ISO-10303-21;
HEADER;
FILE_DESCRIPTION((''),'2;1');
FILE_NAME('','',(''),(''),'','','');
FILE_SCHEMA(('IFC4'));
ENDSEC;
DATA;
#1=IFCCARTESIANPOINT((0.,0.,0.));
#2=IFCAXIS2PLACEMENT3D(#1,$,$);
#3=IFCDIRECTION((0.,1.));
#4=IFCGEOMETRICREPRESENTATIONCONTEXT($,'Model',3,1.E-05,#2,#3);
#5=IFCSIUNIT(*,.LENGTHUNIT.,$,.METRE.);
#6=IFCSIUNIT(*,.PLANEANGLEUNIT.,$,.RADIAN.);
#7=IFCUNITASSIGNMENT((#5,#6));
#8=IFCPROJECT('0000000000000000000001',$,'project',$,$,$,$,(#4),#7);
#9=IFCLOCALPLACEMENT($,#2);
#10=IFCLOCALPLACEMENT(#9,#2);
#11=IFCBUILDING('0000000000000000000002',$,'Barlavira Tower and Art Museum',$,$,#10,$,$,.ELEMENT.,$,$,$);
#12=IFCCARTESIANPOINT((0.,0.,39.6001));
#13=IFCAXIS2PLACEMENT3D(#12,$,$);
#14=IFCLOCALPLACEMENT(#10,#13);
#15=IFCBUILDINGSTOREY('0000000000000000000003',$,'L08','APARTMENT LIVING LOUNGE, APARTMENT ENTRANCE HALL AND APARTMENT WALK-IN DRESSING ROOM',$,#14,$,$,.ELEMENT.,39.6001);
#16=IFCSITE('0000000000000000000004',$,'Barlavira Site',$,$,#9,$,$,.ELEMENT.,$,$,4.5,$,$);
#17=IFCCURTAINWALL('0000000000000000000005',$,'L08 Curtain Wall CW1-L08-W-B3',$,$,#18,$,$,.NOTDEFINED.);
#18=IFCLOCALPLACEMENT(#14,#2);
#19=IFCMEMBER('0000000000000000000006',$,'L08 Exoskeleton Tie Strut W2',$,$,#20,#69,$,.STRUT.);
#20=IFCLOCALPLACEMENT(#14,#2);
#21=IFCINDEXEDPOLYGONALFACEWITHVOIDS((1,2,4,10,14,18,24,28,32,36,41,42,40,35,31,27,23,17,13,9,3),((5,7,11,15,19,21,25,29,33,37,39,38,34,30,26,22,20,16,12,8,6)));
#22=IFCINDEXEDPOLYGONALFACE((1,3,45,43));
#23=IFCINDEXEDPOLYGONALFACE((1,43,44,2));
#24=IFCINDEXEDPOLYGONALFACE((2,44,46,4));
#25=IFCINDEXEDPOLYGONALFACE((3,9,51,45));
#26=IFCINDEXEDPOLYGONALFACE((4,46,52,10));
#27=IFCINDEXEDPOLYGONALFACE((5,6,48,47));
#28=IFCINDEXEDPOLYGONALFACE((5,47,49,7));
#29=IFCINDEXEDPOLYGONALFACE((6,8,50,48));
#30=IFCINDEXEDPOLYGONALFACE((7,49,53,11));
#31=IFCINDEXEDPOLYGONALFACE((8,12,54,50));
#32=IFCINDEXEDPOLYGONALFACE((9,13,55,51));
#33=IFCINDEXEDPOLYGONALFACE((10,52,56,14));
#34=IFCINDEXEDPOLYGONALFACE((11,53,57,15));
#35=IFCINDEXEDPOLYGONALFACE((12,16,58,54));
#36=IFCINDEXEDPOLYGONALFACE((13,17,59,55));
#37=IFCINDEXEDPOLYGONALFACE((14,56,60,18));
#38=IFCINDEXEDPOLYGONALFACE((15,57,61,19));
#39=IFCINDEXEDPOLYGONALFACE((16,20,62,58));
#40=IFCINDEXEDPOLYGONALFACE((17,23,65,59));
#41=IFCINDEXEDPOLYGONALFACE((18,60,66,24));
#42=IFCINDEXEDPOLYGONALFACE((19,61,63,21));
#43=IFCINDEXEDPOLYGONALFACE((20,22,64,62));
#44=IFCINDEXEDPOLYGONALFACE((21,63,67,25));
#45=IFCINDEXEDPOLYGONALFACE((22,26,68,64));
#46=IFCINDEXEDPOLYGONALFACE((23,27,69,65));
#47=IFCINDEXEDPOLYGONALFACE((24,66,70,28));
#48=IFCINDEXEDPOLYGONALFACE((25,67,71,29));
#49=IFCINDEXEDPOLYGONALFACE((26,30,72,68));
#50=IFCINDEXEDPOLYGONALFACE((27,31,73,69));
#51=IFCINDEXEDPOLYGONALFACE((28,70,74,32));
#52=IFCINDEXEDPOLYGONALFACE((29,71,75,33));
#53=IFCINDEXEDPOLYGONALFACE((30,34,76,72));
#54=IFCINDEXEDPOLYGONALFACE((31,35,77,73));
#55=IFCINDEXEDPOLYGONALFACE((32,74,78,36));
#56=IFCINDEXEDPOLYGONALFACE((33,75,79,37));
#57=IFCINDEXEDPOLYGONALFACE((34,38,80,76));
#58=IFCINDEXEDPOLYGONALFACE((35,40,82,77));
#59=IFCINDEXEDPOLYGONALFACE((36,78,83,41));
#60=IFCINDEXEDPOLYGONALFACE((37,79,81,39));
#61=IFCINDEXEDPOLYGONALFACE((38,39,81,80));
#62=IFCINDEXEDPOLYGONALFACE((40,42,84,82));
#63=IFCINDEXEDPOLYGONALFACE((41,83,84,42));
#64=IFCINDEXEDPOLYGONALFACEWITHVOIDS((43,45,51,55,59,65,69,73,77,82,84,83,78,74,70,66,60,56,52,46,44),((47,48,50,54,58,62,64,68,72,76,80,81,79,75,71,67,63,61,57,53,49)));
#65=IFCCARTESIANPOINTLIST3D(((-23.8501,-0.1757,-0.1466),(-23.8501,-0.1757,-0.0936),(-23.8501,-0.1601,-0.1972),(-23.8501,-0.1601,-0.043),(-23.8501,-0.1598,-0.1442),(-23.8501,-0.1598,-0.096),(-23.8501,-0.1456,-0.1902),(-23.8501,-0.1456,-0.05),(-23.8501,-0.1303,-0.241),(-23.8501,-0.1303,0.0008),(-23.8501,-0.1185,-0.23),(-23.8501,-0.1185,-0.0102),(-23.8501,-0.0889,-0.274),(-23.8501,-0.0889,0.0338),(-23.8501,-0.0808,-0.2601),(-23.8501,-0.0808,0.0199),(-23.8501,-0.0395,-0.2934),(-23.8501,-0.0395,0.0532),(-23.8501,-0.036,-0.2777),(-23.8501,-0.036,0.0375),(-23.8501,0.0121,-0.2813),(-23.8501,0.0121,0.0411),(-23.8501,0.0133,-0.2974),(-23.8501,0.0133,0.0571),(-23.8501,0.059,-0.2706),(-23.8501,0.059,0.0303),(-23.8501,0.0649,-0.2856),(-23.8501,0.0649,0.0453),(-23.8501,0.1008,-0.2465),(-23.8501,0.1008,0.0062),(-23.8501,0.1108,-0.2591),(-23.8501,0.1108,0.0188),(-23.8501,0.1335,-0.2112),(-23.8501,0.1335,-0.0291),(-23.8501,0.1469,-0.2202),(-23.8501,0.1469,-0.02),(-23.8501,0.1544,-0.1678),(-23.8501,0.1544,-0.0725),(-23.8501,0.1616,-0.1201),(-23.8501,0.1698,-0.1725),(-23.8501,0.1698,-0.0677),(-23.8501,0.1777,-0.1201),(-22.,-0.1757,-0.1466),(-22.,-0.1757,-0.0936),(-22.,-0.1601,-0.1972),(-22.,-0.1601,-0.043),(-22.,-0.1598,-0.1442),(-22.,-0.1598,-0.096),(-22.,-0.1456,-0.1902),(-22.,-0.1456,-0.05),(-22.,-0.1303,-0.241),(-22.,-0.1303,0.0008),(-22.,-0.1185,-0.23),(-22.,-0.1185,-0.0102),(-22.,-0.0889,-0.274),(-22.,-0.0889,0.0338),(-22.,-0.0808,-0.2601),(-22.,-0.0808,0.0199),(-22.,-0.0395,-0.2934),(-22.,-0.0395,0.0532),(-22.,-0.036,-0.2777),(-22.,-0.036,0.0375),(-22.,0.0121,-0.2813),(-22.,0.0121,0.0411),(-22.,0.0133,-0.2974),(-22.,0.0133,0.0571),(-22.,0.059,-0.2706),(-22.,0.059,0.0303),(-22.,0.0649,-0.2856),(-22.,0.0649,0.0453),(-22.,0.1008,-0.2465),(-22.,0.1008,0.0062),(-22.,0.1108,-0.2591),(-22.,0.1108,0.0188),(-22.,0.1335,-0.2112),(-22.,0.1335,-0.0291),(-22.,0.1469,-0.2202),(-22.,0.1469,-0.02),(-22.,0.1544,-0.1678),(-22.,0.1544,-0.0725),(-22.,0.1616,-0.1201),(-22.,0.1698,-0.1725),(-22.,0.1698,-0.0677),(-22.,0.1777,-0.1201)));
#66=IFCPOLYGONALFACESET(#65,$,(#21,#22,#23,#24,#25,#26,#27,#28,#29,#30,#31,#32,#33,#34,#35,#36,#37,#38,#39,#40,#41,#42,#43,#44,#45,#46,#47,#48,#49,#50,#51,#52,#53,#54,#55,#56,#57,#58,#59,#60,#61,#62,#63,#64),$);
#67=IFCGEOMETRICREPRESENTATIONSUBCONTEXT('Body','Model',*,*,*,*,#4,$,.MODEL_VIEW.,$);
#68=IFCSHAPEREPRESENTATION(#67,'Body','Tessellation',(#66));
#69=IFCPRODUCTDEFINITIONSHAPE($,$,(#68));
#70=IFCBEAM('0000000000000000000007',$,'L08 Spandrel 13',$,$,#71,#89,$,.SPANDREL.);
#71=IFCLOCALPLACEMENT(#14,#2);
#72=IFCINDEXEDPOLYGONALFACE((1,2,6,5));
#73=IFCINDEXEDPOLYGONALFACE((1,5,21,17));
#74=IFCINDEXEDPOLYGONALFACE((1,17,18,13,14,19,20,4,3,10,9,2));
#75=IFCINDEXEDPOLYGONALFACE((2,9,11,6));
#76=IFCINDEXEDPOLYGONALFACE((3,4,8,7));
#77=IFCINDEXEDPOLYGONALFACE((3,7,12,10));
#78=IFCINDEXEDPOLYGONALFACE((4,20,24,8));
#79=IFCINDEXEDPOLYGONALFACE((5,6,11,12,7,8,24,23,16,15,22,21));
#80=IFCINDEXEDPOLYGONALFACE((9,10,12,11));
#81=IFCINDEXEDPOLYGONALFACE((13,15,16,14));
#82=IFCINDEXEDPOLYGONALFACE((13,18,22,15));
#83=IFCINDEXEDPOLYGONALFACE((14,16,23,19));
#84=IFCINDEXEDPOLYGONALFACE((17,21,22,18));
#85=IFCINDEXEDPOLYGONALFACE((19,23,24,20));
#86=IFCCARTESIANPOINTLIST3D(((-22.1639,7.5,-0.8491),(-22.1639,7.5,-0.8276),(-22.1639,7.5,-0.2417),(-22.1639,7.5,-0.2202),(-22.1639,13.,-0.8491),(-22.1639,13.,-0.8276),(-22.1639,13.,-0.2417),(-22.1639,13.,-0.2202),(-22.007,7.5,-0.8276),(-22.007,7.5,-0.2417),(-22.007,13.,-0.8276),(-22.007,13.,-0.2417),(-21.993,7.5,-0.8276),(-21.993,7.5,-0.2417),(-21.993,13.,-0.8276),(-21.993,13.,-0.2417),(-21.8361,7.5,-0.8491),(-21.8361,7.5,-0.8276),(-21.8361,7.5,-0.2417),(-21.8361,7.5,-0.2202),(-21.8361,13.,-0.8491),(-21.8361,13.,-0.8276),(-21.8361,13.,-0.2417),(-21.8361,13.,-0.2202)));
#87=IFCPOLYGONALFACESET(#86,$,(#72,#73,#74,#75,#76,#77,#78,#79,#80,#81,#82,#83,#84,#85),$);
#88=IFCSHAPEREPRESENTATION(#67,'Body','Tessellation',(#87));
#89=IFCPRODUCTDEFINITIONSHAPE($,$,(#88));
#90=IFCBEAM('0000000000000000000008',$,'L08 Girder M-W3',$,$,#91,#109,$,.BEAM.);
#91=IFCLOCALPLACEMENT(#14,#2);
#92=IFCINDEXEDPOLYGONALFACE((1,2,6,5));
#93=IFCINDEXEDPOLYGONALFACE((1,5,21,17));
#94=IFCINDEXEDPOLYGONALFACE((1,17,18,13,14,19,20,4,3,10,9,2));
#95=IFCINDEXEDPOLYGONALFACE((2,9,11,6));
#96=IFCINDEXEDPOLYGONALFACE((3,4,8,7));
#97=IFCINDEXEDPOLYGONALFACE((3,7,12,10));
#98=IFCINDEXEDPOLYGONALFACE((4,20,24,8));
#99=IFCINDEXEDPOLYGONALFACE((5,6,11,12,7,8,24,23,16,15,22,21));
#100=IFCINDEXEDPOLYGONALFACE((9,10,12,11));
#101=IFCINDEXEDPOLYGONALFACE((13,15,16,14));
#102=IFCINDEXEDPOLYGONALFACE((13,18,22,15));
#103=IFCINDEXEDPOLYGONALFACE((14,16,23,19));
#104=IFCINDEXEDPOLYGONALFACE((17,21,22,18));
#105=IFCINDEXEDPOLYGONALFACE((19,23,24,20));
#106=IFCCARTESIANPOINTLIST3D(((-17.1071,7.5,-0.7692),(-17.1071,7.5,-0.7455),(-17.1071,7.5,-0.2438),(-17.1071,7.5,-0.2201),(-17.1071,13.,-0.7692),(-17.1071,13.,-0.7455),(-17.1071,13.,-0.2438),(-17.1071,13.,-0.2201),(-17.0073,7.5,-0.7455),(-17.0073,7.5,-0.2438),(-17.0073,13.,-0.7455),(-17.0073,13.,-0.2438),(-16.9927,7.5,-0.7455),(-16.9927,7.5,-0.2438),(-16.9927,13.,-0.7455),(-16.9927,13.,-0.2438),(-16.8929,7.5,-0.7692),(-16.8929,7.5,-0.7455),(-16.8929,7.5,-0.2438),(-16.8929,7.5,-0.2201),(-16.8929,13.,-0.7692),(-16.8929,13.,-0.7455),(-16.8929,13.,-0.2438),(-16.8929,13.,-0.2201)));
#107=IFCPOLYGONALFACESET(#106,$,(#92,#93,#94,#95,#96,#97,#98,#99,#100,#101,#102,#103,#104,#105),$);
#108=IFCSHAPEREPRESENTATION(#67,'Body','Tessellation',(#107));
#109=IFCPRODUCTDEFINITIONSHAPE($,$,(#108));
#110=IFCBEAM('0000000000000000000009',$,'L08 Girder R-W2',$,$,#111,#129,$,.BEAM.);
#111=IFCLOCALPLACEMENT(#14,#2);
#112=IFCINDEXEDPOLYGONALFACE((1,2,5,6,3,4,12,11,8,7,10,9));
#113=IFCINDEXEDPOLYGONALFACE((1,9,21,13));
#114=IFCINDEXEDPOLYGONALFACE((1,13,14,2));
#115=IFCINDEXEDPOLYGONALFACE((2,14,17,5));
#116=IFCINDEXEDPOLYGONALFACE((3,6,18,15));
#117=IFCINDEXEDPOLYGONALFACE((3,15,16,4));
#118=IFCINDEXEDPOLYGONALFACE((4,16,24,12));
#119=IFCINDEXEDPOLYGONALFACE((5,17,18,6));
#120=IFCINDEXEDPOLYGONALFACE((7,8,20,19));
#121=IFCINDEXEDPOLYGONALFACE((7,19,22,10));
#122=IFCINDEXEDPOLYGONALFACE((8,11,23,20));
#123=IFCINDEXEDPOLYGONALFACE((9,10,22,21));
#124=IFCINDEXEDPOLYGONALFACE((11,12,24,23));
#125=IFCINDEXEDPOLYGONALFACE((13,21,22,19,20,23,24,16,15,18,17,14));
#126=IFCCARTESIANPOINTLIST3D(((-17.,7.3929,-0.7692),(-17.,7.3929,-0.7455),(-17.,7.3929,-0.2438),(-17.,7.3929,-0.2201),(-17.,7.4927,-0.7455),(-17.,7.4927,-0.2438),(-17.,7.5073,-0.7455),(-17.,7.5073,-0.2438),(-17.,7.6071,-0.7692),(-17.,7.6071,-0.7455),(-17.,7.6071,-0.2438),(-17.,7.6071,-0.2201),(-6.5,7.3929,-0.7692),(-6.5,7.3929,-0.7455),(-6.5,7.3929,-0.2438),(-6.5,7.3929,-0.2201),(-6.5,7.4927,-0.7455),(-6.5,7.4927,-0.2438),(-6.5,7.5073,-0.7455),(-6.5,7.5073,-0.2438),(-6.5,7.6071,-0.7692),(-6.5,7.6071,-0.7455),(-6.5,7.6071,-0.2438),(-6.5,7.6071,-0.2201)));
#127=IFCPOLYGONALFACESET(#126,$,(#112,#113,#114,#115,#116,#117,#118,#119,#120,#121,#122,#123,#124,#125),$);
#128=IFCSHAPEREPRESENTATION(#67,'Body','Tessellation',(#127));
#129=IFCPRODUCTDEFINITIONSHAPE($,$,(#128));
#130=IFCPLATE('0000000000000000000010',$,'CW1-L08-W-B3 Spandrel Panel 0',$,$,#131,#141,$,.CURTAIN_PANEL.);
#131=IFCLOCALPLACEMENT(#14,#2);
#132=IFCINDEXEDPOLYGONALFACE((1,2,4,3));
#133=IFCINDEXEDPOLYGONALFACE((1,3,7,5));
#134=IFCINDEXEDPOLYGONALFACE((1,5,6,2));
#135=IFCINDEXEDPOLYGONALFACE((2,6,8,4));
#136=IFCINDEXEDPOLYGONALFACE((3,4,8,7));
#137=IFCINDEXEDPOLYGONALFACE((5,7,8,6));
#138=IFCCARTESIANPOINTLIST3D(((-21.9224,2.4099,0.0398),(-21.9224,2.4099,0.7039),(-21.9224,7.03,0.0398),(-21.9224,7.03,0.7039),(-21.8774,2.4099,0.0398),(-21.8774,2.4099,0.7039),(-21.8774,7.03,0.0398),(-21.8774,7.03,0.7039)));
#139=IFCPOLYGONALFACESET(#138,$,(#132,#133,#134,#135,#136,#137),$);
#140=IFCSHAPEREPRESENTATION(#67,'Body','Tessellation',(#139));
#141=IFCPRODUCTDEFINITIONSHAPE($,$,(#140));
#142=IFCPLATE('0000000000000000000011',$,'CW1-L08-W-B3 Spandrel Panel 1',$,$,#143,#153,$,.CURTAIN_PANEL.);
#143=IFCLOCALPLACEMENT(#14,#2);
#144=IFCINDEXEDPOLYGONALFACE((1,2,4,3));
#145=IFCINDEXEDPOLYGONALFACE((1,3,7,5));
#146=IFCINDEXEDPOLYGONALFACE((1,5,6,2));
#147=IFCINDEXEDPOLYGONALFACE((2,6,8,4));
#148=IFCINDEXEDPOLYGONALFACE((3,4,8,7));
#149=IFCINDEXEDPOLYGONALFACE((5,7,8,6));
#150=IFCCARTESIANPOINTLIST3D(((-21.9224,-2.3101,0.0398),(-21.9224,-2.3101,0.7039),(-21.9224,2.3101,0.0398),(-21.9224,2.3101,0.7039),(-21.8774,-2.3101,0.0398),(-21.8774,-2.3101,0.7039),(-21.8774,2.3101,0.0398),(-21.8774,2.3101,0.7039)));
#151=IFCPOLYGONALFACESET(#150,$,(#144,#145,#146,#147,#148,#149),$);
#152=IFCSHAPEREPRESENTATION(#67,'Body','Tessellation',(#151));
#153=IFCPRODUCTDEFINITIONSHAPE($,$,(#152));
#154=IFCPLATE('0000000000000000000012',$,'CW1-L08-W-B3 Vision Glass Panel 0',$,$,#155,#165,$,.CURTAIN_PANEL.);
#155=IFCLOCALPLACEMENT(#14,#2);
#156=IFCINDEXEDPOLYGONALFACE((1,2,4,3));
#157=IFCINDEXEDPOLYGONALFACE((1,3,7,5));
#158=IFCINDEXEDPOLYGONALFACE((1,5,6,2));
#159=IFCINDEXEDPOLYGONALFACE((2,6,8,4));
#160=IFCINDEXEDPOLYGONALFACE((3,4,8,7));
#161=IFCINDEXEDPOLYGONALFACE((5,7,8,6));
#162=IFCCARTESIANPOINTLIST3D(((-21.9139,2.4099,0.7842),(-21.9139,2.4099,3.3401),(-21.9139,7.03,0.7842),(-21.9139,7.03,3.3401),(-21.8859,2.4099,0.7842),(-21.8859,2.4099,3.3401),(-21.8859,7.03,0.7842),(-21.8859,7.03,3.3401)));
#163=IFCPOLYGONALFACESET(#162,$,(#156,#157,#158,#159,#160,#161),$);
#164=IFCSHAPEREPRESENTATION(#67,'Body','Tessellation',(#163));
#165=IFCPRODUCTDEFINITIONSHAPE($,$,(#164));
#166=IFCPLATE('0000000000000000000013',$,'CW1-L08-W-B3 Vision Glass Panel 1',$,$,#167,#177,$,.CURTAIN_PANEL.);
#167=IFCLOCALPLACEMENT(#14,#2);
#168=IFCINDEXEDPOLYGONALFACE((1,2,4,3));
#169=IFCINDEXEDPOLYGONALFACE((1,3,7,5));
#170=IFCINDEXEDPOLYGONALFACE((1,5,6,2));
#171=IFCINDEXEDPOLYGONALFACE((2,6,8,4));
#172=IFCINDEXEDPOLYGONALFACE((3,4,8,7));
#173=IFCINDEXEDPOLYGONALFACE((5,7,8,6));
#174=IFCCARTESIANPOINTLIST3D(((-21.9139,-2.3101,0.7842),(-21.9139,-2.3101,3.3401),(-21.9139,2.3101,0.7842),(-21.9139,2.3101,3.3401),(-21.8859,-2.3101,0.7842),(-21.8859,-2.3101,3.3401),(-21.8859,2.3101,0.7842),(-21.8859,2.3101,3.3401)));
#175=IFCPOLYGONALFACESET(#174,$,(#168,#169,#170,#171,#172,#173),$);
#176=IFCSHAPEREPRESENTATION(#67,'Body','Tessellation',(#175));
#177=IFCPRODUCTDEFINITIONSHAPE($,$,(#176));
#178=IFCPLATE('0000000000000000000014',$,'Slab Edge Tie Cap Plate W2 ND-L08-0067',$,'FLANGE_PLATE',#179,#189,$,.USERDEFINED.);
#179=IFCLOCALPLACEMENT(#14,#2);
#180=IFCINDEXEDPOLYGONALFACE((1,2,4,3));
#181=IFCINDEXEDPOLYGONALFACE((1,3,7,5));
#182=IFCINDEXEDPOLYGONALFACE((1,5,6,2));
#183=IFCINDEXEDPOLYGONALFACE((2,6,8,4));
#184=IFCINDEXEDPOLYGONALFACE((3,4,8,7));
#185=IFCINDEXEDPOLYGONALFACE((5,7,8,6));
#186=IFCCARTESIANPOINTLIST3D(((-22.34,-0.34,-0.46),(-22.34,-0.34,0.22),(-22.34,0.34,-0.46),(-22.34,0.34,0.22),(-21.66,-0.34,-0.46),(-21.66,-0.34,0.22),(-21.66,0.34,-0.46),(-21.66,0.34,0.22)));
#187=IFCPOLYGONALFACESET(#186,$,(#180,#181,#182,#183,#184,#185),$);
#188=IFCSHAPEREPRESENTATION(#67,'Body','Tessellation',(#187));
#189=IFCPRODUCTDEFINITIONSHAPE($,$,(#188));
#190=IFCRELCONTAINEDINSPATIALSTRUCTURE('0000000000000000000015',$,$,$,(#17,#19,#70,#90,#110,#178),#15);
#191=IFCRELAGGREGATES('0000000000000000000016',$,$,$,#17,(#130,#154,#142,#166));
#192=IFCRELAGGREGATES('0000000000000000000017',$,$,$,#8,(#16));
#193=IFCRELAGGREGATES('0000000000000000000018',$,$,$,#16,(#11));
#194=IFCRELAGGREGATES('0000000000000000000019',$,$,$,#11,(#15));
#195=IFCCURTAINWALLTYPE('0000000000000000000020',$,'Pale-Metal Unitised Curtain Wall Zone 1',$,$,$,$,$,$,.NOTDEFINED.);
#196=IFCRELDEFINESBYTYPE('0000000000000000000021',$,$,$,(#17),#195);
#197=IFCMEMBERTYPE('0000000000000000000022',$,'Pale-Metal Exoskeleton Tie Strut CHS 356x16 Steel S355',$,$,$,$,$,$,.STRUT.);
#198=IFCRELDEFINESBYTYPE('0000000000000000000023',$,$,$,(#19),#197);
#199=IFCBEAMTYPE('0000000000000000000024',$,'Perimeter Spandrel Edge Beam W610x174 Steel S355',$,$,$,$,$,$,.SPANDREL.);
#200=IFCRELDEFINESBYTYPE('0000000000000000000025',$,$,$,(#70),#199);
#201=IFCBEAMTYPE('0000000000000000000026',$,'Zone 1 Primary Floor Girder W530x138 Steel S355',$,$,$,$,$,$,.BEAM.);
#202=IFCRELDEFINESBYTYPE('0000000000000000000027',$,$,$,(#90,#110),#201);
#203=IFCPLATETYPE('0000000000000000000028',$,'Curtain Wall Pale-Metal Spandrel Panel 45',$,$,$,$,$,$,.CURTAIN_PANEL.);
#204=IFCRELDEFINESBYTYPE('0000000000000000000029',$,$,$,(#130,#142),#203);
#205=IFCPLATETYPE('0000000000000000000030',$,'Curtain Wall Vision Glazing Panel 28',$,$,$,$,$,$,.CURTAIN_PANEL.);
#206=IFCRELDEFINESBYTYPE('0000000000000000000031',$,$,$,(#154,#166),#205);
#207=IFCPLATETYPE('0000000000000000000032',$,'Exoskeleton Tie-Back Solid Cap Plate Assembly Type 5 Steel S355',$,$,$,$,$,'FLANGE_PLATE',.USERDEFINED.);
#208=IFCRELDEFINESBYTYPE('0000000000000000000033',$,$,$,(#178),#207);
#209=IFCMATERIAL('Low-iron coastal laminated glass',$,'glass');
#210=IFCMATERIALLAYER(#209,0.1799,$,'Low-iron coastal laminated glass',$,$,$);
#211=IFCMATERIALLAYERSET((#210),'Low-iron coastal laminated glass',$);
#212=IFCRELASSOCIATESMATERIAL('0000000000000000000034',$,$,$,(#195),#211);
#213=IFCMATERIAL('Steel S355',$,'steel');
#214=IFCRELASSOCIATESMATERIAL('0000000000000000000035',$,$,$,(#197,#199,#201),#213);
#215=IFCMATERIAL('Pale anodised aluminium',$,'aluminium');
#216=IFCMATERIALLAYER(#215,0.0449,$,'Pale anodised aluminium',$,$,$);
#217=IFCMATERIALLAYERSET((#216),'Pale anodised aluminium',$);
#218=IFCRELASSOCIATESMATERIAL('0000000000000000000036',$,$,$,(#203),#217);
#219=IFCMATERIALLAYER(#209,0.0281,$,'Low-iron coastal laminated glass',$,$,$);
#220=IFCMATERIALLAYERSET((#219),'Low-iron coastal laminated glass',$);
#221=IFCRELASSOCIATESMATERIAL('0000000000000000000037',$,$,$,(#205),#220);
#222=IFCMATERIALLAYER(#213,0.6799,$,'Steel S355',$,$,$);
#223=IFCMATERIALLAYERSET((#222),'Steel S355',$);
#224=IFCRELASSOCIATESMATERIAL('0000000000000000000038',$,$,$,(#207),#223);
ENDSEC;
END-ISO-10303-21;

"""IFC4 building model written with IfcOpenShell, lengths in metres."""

from ifc_helpers import new_model, si_unit, direction, frame, origin, origin_2d, place, context, subcontext, project, spatial, rectangle, hollow_circle, i_section, extrude, material, layer, layer_set, material_profile, profile_set, type_object, element, aggregate, save


model = new_model("IFC4")

# Units and contexts
model_context = context("Model", 3, precision=1e-05, world=origin(), true_north=direction((0.0, 1.0)))
body_context = subcontext(model_context, "Body", "Model", "MODEL_VIEW")
ifc_project = project(units=[si_unit("LENGTHUNIT", "METRE"), si_unit("PLANEANGLEUNIT", "RADIAN")], contexts=[model_context])

# Site, building, storey
site_placement = place(None, origin())
site = spatial("IfcSite", under=ifc_project, at=site_placement, Name="Barlavira Site", CompositionType="ELEMENT", RefElevation=4.5)
building_placement = place(site_placement, origin())
building = spatial("IfcBuilding", under=site, at=building_placement, Name="Barlavira Tower and Art Museum", CompositionType="ELEMENT")
storey_placement = place(building_placement, frame((0.0, 0.0, 39.6001)))
storey = spatial("IfcBuildingStorey", under=building, at=storey_placement, Name="L08", Description="APARTMENT LIVING LOUNGE, APARTMENT ENTRANCE HALL AND APARTMENT WALK-IN DRESSING ROOM", CompositionType="ELEMENT", Elevation=39.6001)

# Curtain wall
ifc_material_1 = material(Name="Low-iron coastal laminated glass", Category="glass")
ifc_layer_1 = layer(ifc_material_1, 0.1799, Name="Low-iron coastal laminated glass")
ifc_layer_set_1 = layer_set([ifc_layer_1], Name="Low-iron coastal laminated glass")
curtain_wall_type = type_object("IfcCurtainWallType", Name="Pale-Metal Unitised Curtain Wall Zone 1", PredefinedType="NOTDEFINED", material=ifc_layer_set_1)
curtain_wall_placement = place(storey_placement, origin())
curtain_wall = element("IfcCurtainWall", 1, at=curtain_wall_placement, inside=storey, type_object=curtain_wall_type, Name="L08 Curtain Wall CW1-L08-W-B3", PredefinedType="NOTDEFINED")
ifc_material_2 = material(Name="Pale anodised aluminium", Category="aluminium")

# Member
ifc_material_3 = material(Name="Steel S355", Category="steel")
ifc_material_profile_1 = material_profile(ifc_material_3, hollow_circle(Radius=0.1777, WallThickness=0.0161, at=origin_2d()), Name="CHS 355.6x16.0")
ifc_profile_set_1 = profile_set([ifc_material_profile_1], Name="Steel S355")
member_type_1 = type_object("IfcMemberType", Name="Pale-Metal Exoskeleton Tie Strut CHS 356x16 Steel S355", PredefinedType="STRUT", material=ifc_profile_set_1)
member_1_placement = place(storey_placement, frame((-23.8501, 0.0, -0.1201), z_axis=(1.0, 0.0, 0.0), x_axis=(0.0, 1.0, 0.0)))
element("IfcMember", 2, at=member_1_placement, inside=storey, type_object=member_type_1, Name="L08 Exoskeleton Tie Strut W2", PredefinedType="STRUT", context=body_context, shape_type="SweptSolid", body=[
    extrude(hollow_circle(Radius=0.1777, WallThickness=0.0161, at=origin_2d()), origin(), (0.0, 0.0, 1.0), 1.8501),
])

# Beams
ifc_material_profile_2 = material_profile(ifc_material_3, i_section(OverallWidth=0.3279, OverallDepth=0.6289, WebThickness=0.0139, FlangeThickness=0.0215, at=origin_2d()), Name="W610x174.0")
ifc_profile_set_2 = profile_set([ifc_material_profile_2], Name="Steel S355")
beam_type_1 = type_object("IfcBeamType", Name="Perimeter Spandrel Edge Beam W610x174 Steel S355", PredefinedType="SPANDREL", material=ifc_profile_set_2)
beam_1_placement = place(storey_placement, frame((-22.0, 7.5, -0.5347), z_axis=(0.0, 1.0, 0.0), x_axis=(-1.0, 0.0, 0.0)))
element("IfcBeam", 3, at=beam_1_placement, inside=storey, type_object=beam_type_1, Name="L08 Spandrel 13", PredefinedType="SPANDREL", context=body_context, shape_type="SweptSolid", body=[
    extrude(i_section(OverallWidth=0.3279, OverallDepth=0.6289, WebThickness=0.0139, FlangeThickness=0.0215, at=origin_2d()), origin(), (0.0, 0.0, 1.0), 5.5),
])
ifc_material_profile_3 = material_profile(ifc_material_3, i_section(OverallWidth=0.2141, OverallDepth=0.5491, WebThickness=0.0146, FlangeThickness=0.0237, at=origin_2d()), Name="W530x138.0")
ifc_profile_set_3 = profile_set([ifc_material_profile_3], Name="Steel S355")
beam_type_2 = type_object("IfcBeamType", Name="Zone 1 Primary Floor Girder W530x138 Steel S355", PredefinedType="BEAM", material=ifc_profile_set_3)
beam_2_placement = place(storey_placement, frame((-17.0, 7.5, -0.4946), z_axis=(0.0, 1.0, 0.0), x_axis=(-1.0, 0.0, 0.0)))
element("IfcBeam", 4, at=beam_2_placement, inside=storey, type_object=beam_type_2, Name="L08 Girder M-W3", PredefinedType="BEAM", context=body_context, shape_type="SweptSolid", body=[
    extrude(i_section(OverallWidth=0.2141, OverallDepth=0.5491, WebThickness=0.0146, FlangeThickness=0.0237, at=origin_2d()), origin(), (0.0, 0.0, 1.0), 5.5),
])
beam_3_placement = place(storey_placement, frame((-17.0, 7.5, -0.4946), z_axis=(1.0, 0.0, 0.0), x_axis=(0.0, 1.0, 0.0)))
element("IfcBeam", 5, at=beam_3_placement, inside=storey, type_object=beam_type_2, Name="L08 Girder R-W2", PredefinedType="BEAM", context=body_context, shape_type="SweptSolid", body=[
    extrude(i_section(OverallWidth=0.2141, OverallDepth=0.5491, WebThickness=0.0146, FlangeThickness=0.0237, at=origin_2d()), origin(), (0.0, 0.0, 1.0), 10.5),
])

# Plates
ifc_layer_2 = layer(ifc_material_2, 0.0449, Name="Pale anodised aluminium")
ifc_layer_set_2 = layer_set([ifc_layer_2], Name="Pale anodised aluminium")
plate_type_1 = type_object("IfcPlateType", Name="Curtain Wall Pale-Metal Spandrel Panel 45", PredefinedType="CURTAIN_PANEL", material=ifc_layer_set_2)
plate_1_placement = place(storey_placement, frame((-21.8999, 4.72, 0.0398), z_axis=(0.0, 0.0, 1.0), x_axis=(0.0, -1.0, 0.0)))
plate_1 = element("IfcPlate", 6, at=plate_1_placement, type_object=plate_type_1, Name="CW1-L08-W-B3 Spandrel Panel 0", PredefinedType="CURTAIN_PANEL", context=body_context, shape_type="SweptSolid", body=[
    extrude(rectangle(XDim=4.6201, YDim=0.0449, at=origin_2d()), origin(), (0.0, 0.0, 1.0), 0.6641),
])
plate_2_placement = place(storey_placement, frame((-21.8999, 0.0, 0.0398), z_axis=(0.0, 0.0, 1.0), x_axis=(0.0, -1.0, 0.0)))
plate_2 = element("IfcPlate", 7, at=plate_2_placement, type_object=plate_type_1, Name="CW1-L08-W-B3 Spandrel Panel 1", PredefinedType="CURTAIN_PANEL", context=body_context, shape_type="SweptSolid", body=[
    extrude(rectangle(XDim=4.6201, YDim=0.0449, at=origin_2d()), origin(), (0.0, 0.0, 1.0), 0.6641),
])
ifc_layer_3 = layer(ifc_material_1, 0.0281, Name="Low-iron coastal laminated glass")
ifc_layer_set_3 = layer_set([ifc_layer_3], Name="Low-iron coastal laminated glass")
plate_type_2 = type_object("IfcPlateType", Name="Curtain Wall Vision Glazing Panel 28", PredefinedType="CURTAIN_PANEL", material=ifc_layer_set_3)
plate_3_placement = place(storey_placement, frame((-21.8999, 4.72, 0.7842), z_axis=(0.0, 0.0, 1.0), x_axis=(0.0, -1.0, 0.0)))
plate_3 = element("IfcPlate", 8, at=plate_3_placement, type_object=plate_type_2, Name="CW1-L08-W-B3 Vision Glass Panel 0", PredefinedType="CURTAIN_PANEL", context=body_context, shape_type="SweptSolid", body=[
    extrude(rectangle(XDim=4.6201, YDim=0.0281, at=origin_2d()), origin(), (0.0, 0.0, 1.0), 2.5559),
])
plate_4_placement = place(storey_placement, frame((-21.8999, 0.0, 0.7842), z_axis=(0.0, 0.0, 1.0), x_axis=(0.0, -1.0, 0.0)))
plate_4 = element("IfcPlate", 9, at=plate_4_placement, type_object=plate_type_2, Name="CW1-L08-W-B3 Vision Glass Panel 1", PredefinedType="CURTAIN_PANEL", context=body_context, shape_type="SweptSolid", body=[
    extrude(rectangle(XDim=4.6201, YDim=0.0281, at=origin_2d()), origin(), (0.0, 0.0, 1.0), 2.5559),
])
aggregate(curtain_wall, [plate_1, plate_3, plate_2, plate_4])
ifc_layer_4 = layer(ifc_material_3, 0.6799, Name="Steel S355")
ifc_layer_set_4 = layer_set([ifc_layer_4], Name="Steel S355")
plate_type_3 = type_object("IfcPlateType", Name="Exoskeleton Tie-Back Solid Cap Plate Assembly Type 5 Steel S355", ElementType="FLANGE_PLATE", PredefinedType="USERDEFINED", material=ifc_layer_set_4)
plate_5_placement = place(storey_placement, frame((-22.0, 0.0, -0.46), z_axis=(0.0, 0.0, 1.0), x_axis=(1.0, 0.0, 0.0)))
element("IfcPlate", 10, at=plate_5_placement, inside=storey, type_object=plate_type_3, Name="Slab Edge Tie Cap Plate W2 ND-L08-0067", ObjectType="FLANGE_PLATE", PredefinedType="USERDEFINED", context=body_context, shape_type="SweptSolid", body=[
    extrude(rectangle(XDim=0.6799, YDim=0.6799, at=origin_2d()), origin(), (0.0, 0.0, 1.0), 0.6799),
])

save(model, "model.ifc")
